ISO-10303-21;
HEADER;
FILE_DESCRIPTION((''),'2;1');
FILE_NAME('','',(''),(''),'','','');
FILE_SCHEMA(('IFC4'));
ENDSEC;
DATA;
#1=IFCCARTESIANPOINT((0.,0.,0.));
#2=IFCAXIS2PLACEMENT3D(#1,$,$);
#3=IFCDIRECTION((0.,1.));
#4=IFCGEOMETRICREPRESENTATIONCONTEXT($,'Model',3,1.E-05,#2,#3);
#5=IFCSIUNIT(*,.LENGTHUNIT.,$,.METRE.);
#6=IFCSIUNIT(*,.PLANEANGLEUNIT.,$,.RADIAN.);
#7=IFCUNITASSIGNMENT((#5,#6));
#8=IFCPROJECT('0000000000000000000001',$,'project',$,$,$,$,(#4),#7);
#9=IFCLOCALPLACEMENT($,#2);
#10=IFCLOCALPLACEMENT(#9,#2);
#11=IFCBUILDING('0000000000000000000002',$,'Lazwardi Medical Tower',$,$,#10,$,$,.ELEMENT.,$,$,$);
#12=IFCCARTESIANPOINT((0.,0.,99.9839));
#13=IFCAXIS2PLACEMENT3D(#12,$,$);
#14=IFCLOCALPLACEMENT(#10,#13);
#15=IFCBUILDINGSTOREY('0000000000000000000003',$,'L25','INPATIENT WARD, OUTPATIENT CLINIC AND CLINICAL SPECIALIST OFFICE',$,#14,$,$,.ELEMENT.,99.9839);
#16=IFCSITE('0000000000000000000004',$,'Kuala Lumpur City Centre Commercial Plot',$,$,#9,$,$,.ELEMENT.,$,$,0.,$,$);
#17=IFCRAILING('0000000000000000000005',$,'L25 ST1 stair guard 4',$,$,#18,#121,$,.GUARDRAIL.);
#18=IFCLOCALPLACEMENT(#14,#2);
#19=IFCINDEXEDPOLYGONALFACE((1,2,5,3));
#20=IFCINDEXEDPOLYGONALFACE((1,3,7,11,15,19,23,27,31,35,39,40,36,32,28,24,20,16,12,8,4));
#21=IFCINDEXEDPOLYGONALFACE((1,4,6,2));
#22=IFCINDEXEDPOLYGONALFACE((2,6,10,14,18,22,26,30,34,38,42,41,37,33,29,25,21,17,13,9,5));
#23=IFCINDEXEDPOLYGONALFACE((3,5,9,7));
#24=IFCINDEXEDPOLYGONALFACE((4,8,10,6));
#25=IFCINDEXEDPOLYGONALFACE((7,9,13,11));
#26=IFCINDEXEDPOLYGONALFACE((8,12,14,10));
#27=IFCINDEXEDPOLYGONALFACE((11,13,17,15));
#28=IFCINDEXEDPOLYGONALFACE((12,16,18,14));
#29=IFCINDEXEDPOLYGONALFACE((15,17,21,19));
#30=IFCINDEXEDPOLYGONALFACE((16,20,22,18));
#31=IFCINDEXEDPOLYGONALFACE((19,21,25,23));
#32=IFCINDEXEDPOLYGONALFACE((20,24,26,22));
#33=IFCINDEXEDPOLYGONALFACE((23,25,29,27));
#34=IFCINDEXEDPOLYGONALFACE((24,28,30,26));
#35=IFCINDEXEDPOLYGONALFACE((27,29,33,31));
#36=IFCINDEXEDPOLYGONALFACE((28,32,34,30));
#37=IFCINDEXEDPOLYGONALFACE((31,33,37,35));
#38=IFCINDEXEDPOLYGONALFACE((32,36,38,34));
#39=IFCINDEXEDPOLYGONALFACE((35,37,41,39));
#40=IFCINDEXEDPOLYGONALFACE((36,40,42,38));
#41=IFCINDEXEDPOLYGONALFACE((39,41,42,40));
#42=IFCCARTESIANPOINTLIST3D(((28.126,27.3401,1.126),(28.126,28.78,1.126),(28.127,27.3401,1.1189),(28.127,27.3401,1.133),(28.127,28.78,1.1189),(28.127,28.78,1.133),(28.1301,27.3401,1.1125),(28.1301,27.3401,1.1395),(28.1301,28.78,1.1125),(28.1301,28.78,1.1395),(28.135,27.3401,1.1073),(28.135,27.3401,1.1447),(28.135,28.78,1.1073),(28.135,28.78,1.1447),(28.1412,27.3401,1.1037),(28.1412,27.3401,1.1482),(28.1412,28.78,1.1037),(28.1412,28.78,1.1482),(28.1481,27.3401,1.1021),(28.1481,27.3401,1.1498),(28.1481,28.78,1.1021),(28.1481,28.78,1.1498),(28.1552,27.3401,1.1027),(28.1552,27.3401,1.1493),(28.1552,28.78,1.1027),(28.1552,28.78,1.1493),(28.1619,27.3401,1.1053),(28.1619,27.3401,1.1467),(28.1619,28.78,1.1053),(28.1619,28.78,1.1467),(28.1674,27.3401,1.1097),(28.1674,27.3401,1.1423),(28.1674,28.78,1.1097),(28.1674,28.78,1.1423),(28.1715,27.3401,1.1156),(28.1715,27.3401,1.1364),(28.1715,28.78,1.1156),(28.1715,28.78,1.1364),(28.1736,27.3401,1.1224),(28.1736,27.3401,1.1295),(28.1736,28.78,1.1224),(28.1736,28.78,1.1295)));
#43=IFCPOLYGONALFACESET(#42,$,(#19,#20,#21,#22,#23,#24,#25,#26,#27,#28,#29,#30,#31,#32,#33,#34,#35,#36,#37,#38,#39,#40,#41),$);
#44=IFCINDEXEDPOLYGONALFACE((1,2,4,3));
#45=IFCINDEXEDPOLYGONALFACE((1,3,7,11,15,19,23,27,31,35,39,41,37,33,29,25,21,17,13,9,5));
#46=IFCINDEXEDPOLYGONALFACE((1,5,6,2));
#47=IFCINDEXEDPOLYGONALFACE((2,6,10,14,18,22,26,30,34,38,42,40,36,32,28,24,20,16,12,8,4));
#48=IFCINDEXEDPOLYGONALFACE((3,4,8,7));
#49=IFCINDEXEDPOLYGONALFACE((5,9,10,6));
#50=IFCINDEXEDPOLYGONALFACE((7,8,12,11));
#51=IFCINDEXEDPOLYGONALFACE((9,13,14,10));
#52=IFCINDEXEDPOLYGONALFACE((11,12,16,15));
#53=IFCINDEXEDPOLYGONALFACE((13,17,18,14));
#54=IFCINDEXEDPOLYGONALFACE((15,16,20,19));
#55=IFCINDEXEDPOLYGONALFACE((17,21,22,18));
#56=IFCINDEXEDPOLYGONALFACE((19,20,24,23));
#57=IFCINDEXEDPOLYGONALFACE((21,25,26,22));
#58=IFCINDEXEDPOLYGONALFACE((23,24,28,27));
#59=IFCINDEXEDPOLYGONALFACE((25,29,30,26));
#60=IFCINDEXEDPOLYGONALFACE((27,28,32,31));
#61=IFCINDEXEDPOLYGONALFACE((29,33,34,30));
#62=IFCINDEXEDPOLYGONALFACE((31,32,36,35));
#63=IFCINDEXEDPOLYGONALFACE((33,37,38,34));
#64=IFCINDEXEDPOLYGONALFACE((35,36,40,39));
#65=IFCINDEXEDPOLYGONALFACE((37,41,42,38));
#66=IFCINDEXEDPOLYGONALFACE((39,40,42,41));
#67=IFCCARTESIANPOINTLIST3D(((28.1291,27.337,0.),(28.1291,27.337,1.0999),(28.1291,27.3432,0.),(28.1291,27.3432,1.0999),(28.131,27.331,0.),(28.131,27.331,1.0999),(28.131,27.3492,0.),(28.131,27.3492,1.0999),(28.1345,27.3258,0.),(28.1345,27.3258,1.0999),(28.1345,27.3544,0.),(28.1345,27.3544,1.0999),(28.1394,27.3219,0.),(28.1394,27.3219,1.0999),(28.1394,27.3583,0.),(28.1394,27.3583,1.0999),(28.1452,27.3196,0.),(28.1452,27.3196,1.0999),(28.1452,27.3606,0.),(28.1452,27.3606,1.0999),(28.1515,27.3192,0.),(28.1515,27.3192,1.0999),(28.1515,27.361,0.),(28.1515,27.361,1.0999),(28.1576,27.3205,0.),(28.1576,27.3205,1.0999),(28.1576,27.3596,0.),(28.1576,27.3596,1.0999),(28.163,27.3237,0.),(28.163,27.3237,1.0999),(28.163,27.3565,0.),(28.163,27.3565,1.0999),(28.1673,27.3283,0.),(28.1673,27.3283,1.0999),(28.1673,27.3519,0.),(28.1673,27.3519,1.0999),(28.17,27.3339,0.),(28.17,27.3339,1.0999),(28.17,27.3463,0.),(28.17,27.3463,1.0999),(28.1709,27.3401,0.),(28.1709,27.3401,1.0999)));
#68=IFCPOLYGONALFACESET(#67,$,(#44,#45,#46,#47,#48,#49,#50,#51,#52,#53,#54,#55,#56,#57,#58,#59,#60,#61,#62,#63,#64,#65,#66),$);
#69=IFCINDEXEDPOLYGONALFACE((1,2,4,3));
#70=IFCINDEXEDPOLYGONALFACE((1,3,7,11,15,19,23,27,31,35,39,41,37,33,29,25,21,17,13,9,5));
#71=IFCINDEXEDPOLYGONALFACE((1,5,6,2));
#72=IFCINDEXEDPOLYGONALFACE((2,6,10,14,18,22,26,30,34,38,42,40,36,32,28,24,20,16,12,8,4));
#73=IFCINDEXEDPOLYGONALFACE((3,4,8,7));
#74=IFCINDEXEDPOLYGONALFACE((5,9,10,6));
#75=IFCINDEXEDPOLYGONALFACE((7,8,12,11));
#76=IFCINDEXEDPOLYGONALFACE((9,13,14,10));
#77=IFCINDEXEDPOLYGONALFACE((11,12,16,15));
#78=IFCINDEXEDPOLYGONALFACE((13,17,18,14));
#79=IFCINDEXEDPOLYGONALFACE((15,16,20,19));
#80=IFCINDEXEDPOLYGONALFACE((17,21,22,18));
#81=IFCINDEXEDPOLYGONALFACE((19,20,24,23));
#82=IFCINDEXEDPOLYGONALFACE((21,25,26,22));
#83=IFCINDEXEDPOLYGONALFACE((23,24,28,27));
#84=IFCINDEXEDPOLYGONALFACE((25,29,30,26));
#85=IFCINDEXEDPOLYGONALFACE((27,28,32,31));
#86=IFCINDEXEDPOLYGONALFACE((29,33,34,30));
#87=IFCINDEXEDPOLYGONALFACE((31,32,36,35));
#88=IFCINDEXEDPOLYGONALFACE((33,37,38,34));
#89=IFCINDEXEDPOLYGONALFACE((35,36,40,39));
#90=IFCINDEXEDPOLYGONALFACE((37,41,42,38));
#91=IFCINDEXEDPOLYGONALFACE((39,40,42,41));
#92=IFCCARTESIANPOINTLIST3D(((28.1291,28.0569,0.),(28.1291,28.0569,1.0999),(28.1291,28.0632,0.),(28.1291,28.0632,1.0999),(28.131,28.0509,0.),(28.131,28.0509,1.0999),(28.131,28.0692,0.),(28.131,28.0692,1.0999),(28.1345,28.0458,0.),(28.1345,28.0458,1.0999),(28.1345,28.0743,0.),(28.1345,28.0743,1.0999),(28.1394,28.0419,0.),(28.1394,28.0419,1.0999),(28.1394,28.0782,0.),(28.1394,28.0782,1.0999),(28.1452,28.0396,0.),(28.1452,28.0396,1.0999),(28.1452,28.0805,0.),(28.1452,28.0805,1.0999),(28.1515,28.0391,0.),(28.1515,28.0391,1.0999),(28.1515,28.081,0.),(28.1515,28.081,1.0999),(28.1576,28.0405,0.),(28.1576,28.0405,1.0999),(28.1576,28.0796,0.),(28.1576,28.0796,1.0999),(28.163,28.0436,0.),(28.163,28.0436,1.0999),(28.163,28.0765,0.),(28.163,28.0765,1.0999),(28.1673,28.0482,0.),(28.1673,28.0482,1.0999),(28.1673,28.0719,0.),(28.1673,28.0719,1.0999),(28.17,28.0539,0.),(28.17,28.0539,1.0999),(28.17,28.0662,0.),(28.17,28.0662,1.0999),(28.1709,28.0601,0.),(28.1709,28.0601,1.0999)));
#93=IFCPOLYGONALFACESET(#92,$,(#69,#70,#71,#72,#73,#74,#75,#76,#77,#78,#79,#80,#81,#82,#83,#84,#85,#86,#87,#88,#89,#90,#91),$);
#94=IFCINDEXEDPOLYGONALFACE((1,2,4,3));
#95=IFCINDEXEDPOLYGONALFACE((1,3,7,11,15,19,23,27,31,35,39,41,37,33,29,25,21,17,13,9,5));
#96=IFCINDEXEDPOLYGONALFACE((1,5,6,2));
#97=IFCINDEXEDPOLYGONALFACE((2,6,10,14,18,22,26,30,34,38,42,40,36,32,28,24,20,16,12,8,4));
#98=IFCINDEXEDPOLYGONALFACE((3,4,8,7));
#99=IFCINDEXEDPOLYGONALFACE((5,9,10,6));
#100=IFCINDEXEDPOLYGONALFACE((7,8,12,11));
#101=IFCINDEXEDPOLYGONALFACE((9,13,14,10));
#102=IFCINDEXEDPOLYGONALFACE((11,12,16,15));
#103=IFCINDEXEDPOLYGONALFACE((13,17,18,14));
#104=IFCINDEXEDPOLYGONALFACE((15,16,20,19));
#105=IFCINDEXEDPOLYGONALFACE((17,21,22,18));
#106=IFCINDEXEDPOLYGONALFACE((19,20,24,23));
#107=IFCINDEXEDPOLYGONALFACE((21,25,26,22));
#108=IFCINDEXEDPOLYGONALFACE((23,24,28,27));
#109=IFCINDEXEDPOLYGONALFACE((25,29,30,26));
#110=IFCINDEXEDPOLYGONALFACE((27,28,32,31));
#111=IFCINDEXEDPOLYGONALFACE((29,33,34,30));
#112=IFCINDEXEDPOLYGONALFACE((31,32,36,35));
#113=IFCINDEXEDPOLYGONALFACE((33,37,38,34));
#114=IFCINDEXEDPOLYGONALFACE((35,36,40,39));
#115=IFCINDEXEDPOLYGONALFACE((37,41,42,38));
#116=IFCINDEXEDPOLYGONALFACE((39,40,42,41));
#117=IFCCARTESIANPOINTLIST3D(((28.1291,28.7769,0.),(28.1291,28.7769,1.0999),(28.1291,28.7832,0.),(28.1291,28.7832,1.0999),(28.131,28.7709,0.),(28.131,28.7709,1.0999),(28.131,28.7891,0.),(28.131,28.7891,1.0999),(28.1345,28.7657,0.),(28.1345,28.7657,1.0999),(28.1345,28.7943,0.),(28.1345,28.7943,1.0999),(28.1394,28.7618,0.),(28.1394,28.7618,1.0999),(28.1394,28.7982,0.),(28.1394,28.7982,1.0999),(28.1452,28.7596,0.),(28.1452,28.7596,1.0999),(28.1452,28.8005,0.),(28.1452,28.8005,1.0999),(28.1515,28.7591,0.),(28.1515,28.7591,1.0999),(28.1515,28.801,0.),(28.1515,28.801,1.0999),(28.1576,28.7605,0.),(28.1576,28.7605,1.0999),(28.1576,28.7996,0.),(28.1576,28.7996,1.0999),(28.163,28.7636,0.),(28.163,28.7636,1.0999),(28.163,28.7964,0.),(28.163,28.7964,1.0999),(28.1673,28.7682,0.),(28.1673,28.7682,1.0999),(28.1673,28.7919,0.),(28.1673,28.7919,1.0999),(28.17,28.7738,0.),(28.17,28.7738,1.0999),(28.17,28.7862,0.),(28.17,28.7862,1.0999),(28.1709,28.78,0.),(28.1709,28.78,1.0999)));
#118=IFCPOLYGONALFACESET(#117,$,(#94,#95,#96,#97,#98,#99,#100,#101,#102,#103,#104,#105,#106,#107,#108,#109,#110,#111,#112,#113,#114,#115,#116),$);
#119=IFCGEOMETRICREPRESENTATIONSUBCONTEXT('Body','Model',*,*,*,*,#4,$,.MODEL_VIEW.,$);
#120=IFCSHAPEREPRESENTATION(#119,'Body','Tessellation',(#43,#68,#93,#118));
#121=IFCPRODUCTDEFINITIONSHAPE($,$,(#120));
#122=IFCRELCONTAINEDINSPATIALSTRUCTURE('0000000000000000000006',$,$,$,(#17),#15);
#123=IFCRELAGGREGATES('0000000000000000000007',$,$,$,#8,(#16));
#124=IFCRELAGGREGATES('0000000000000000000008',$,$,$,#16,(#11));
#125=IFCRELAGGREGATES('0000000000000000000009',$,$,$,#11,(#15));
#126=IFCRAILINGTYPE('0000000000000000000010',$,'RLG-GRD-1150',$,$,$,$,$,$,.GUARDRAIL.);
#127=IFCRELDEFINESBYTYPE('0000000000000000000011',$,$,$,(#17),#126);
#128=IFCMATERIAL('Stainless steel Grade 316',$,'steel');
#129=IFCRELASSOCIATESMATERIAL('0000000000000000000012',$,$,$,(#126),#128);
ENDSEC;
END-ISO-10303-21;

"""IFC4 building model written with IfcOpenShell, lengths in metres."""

from ifc_helpers import new_model, si_unit, direction, frame, origin, origin_2d, place, context, subcontext, project, spatial, circle, extrude, material, type_object, element, save


model = new_model("IFC4")

# Units and contexts
model_context = context("Model", 3, precision=1e-05, world=origin(), true_north=direction((0.0, 1.0)))
body_context = subcontext(model_context, "Body", "Model", "MODEL_VIEW")
ifc_project = project(units=[si_unit("LENGTHUNIT", "METRE"), si_unit("PLANEANGLEUNIT", "RADIAN")], contexts=[model_context])

# Site, building, storey
site_placement = place(None, origin())
site = spatial("IfcSite", under=ifc_project, at=site_placement, Name="Kuala Lumpur City Centre Commercial Plot", CompositionType="ELEMENT", RefElevation=0.0)
building_placement = place(site_placement, origin())
building = spatial("IfcBuilding", under=site, at=building_placement, Name="Lazwardi Medical Tower", CompositionType="ELEMENT")
storey_placement = place(building_placement, frame((0.0, 0.0, 99.9839)))
storey = spatial("IfcBuildingStorey", under=building, at=storey_placement, Name="L25", Description="INPATIENT WARD, OUTPATIENT CLINIC AND CLINICAL SPECIALIST OFFICE", CompositionType="ELEMENT", Elevation=99.9839)

# Railing
ifc_material_1 = material(Name="Stainless steel Grade 316", Category="steel")
railing_type_1 = type_object("IfcRailingType", Name="RLG-GRD-1150", PredefinedType="GUARDRAIL", material=ifc_material_1)
railing_1_placement = place(storey_placement, frame((28.1499, 27.3401, 0.0)))
element("IfcRailing", 1, at=railing_1_placement, inside=storey, type_object=railing_type_1, Name="L25 ST1 stair guard 4", PredefinedType="GUARDRAIL", context=body_context, shape_type="SweptSolid", body=[
    extrude(circle(Radius=0.0239, at=origin_2d()), frame((0.0, 0.0, 1.126), z_axis=(0.0, 1.0, 0.0), x_axis=(-1.0, 0.0, 0.0)), (0.0, 0.0, 1.0), 1.4399),
    extrude(circle(Radius=0.021, at=origin_2d()), origin(), (0.0, 0.0, 1.0), 1.0999),
    extrude(circle(Radius=0.021, at=origin_2d()), frame((0.0, 0.72, 0.0)), (0.0, 0.0, 1.0), 1.0999),
    extrude(circle(Radius=0.021, at=origin_2d()), frame((0.0, 1.4399, 0.0)), (0.0, 0.0, 1.0), 1.0999),
])

save(model, "model.ifc")
